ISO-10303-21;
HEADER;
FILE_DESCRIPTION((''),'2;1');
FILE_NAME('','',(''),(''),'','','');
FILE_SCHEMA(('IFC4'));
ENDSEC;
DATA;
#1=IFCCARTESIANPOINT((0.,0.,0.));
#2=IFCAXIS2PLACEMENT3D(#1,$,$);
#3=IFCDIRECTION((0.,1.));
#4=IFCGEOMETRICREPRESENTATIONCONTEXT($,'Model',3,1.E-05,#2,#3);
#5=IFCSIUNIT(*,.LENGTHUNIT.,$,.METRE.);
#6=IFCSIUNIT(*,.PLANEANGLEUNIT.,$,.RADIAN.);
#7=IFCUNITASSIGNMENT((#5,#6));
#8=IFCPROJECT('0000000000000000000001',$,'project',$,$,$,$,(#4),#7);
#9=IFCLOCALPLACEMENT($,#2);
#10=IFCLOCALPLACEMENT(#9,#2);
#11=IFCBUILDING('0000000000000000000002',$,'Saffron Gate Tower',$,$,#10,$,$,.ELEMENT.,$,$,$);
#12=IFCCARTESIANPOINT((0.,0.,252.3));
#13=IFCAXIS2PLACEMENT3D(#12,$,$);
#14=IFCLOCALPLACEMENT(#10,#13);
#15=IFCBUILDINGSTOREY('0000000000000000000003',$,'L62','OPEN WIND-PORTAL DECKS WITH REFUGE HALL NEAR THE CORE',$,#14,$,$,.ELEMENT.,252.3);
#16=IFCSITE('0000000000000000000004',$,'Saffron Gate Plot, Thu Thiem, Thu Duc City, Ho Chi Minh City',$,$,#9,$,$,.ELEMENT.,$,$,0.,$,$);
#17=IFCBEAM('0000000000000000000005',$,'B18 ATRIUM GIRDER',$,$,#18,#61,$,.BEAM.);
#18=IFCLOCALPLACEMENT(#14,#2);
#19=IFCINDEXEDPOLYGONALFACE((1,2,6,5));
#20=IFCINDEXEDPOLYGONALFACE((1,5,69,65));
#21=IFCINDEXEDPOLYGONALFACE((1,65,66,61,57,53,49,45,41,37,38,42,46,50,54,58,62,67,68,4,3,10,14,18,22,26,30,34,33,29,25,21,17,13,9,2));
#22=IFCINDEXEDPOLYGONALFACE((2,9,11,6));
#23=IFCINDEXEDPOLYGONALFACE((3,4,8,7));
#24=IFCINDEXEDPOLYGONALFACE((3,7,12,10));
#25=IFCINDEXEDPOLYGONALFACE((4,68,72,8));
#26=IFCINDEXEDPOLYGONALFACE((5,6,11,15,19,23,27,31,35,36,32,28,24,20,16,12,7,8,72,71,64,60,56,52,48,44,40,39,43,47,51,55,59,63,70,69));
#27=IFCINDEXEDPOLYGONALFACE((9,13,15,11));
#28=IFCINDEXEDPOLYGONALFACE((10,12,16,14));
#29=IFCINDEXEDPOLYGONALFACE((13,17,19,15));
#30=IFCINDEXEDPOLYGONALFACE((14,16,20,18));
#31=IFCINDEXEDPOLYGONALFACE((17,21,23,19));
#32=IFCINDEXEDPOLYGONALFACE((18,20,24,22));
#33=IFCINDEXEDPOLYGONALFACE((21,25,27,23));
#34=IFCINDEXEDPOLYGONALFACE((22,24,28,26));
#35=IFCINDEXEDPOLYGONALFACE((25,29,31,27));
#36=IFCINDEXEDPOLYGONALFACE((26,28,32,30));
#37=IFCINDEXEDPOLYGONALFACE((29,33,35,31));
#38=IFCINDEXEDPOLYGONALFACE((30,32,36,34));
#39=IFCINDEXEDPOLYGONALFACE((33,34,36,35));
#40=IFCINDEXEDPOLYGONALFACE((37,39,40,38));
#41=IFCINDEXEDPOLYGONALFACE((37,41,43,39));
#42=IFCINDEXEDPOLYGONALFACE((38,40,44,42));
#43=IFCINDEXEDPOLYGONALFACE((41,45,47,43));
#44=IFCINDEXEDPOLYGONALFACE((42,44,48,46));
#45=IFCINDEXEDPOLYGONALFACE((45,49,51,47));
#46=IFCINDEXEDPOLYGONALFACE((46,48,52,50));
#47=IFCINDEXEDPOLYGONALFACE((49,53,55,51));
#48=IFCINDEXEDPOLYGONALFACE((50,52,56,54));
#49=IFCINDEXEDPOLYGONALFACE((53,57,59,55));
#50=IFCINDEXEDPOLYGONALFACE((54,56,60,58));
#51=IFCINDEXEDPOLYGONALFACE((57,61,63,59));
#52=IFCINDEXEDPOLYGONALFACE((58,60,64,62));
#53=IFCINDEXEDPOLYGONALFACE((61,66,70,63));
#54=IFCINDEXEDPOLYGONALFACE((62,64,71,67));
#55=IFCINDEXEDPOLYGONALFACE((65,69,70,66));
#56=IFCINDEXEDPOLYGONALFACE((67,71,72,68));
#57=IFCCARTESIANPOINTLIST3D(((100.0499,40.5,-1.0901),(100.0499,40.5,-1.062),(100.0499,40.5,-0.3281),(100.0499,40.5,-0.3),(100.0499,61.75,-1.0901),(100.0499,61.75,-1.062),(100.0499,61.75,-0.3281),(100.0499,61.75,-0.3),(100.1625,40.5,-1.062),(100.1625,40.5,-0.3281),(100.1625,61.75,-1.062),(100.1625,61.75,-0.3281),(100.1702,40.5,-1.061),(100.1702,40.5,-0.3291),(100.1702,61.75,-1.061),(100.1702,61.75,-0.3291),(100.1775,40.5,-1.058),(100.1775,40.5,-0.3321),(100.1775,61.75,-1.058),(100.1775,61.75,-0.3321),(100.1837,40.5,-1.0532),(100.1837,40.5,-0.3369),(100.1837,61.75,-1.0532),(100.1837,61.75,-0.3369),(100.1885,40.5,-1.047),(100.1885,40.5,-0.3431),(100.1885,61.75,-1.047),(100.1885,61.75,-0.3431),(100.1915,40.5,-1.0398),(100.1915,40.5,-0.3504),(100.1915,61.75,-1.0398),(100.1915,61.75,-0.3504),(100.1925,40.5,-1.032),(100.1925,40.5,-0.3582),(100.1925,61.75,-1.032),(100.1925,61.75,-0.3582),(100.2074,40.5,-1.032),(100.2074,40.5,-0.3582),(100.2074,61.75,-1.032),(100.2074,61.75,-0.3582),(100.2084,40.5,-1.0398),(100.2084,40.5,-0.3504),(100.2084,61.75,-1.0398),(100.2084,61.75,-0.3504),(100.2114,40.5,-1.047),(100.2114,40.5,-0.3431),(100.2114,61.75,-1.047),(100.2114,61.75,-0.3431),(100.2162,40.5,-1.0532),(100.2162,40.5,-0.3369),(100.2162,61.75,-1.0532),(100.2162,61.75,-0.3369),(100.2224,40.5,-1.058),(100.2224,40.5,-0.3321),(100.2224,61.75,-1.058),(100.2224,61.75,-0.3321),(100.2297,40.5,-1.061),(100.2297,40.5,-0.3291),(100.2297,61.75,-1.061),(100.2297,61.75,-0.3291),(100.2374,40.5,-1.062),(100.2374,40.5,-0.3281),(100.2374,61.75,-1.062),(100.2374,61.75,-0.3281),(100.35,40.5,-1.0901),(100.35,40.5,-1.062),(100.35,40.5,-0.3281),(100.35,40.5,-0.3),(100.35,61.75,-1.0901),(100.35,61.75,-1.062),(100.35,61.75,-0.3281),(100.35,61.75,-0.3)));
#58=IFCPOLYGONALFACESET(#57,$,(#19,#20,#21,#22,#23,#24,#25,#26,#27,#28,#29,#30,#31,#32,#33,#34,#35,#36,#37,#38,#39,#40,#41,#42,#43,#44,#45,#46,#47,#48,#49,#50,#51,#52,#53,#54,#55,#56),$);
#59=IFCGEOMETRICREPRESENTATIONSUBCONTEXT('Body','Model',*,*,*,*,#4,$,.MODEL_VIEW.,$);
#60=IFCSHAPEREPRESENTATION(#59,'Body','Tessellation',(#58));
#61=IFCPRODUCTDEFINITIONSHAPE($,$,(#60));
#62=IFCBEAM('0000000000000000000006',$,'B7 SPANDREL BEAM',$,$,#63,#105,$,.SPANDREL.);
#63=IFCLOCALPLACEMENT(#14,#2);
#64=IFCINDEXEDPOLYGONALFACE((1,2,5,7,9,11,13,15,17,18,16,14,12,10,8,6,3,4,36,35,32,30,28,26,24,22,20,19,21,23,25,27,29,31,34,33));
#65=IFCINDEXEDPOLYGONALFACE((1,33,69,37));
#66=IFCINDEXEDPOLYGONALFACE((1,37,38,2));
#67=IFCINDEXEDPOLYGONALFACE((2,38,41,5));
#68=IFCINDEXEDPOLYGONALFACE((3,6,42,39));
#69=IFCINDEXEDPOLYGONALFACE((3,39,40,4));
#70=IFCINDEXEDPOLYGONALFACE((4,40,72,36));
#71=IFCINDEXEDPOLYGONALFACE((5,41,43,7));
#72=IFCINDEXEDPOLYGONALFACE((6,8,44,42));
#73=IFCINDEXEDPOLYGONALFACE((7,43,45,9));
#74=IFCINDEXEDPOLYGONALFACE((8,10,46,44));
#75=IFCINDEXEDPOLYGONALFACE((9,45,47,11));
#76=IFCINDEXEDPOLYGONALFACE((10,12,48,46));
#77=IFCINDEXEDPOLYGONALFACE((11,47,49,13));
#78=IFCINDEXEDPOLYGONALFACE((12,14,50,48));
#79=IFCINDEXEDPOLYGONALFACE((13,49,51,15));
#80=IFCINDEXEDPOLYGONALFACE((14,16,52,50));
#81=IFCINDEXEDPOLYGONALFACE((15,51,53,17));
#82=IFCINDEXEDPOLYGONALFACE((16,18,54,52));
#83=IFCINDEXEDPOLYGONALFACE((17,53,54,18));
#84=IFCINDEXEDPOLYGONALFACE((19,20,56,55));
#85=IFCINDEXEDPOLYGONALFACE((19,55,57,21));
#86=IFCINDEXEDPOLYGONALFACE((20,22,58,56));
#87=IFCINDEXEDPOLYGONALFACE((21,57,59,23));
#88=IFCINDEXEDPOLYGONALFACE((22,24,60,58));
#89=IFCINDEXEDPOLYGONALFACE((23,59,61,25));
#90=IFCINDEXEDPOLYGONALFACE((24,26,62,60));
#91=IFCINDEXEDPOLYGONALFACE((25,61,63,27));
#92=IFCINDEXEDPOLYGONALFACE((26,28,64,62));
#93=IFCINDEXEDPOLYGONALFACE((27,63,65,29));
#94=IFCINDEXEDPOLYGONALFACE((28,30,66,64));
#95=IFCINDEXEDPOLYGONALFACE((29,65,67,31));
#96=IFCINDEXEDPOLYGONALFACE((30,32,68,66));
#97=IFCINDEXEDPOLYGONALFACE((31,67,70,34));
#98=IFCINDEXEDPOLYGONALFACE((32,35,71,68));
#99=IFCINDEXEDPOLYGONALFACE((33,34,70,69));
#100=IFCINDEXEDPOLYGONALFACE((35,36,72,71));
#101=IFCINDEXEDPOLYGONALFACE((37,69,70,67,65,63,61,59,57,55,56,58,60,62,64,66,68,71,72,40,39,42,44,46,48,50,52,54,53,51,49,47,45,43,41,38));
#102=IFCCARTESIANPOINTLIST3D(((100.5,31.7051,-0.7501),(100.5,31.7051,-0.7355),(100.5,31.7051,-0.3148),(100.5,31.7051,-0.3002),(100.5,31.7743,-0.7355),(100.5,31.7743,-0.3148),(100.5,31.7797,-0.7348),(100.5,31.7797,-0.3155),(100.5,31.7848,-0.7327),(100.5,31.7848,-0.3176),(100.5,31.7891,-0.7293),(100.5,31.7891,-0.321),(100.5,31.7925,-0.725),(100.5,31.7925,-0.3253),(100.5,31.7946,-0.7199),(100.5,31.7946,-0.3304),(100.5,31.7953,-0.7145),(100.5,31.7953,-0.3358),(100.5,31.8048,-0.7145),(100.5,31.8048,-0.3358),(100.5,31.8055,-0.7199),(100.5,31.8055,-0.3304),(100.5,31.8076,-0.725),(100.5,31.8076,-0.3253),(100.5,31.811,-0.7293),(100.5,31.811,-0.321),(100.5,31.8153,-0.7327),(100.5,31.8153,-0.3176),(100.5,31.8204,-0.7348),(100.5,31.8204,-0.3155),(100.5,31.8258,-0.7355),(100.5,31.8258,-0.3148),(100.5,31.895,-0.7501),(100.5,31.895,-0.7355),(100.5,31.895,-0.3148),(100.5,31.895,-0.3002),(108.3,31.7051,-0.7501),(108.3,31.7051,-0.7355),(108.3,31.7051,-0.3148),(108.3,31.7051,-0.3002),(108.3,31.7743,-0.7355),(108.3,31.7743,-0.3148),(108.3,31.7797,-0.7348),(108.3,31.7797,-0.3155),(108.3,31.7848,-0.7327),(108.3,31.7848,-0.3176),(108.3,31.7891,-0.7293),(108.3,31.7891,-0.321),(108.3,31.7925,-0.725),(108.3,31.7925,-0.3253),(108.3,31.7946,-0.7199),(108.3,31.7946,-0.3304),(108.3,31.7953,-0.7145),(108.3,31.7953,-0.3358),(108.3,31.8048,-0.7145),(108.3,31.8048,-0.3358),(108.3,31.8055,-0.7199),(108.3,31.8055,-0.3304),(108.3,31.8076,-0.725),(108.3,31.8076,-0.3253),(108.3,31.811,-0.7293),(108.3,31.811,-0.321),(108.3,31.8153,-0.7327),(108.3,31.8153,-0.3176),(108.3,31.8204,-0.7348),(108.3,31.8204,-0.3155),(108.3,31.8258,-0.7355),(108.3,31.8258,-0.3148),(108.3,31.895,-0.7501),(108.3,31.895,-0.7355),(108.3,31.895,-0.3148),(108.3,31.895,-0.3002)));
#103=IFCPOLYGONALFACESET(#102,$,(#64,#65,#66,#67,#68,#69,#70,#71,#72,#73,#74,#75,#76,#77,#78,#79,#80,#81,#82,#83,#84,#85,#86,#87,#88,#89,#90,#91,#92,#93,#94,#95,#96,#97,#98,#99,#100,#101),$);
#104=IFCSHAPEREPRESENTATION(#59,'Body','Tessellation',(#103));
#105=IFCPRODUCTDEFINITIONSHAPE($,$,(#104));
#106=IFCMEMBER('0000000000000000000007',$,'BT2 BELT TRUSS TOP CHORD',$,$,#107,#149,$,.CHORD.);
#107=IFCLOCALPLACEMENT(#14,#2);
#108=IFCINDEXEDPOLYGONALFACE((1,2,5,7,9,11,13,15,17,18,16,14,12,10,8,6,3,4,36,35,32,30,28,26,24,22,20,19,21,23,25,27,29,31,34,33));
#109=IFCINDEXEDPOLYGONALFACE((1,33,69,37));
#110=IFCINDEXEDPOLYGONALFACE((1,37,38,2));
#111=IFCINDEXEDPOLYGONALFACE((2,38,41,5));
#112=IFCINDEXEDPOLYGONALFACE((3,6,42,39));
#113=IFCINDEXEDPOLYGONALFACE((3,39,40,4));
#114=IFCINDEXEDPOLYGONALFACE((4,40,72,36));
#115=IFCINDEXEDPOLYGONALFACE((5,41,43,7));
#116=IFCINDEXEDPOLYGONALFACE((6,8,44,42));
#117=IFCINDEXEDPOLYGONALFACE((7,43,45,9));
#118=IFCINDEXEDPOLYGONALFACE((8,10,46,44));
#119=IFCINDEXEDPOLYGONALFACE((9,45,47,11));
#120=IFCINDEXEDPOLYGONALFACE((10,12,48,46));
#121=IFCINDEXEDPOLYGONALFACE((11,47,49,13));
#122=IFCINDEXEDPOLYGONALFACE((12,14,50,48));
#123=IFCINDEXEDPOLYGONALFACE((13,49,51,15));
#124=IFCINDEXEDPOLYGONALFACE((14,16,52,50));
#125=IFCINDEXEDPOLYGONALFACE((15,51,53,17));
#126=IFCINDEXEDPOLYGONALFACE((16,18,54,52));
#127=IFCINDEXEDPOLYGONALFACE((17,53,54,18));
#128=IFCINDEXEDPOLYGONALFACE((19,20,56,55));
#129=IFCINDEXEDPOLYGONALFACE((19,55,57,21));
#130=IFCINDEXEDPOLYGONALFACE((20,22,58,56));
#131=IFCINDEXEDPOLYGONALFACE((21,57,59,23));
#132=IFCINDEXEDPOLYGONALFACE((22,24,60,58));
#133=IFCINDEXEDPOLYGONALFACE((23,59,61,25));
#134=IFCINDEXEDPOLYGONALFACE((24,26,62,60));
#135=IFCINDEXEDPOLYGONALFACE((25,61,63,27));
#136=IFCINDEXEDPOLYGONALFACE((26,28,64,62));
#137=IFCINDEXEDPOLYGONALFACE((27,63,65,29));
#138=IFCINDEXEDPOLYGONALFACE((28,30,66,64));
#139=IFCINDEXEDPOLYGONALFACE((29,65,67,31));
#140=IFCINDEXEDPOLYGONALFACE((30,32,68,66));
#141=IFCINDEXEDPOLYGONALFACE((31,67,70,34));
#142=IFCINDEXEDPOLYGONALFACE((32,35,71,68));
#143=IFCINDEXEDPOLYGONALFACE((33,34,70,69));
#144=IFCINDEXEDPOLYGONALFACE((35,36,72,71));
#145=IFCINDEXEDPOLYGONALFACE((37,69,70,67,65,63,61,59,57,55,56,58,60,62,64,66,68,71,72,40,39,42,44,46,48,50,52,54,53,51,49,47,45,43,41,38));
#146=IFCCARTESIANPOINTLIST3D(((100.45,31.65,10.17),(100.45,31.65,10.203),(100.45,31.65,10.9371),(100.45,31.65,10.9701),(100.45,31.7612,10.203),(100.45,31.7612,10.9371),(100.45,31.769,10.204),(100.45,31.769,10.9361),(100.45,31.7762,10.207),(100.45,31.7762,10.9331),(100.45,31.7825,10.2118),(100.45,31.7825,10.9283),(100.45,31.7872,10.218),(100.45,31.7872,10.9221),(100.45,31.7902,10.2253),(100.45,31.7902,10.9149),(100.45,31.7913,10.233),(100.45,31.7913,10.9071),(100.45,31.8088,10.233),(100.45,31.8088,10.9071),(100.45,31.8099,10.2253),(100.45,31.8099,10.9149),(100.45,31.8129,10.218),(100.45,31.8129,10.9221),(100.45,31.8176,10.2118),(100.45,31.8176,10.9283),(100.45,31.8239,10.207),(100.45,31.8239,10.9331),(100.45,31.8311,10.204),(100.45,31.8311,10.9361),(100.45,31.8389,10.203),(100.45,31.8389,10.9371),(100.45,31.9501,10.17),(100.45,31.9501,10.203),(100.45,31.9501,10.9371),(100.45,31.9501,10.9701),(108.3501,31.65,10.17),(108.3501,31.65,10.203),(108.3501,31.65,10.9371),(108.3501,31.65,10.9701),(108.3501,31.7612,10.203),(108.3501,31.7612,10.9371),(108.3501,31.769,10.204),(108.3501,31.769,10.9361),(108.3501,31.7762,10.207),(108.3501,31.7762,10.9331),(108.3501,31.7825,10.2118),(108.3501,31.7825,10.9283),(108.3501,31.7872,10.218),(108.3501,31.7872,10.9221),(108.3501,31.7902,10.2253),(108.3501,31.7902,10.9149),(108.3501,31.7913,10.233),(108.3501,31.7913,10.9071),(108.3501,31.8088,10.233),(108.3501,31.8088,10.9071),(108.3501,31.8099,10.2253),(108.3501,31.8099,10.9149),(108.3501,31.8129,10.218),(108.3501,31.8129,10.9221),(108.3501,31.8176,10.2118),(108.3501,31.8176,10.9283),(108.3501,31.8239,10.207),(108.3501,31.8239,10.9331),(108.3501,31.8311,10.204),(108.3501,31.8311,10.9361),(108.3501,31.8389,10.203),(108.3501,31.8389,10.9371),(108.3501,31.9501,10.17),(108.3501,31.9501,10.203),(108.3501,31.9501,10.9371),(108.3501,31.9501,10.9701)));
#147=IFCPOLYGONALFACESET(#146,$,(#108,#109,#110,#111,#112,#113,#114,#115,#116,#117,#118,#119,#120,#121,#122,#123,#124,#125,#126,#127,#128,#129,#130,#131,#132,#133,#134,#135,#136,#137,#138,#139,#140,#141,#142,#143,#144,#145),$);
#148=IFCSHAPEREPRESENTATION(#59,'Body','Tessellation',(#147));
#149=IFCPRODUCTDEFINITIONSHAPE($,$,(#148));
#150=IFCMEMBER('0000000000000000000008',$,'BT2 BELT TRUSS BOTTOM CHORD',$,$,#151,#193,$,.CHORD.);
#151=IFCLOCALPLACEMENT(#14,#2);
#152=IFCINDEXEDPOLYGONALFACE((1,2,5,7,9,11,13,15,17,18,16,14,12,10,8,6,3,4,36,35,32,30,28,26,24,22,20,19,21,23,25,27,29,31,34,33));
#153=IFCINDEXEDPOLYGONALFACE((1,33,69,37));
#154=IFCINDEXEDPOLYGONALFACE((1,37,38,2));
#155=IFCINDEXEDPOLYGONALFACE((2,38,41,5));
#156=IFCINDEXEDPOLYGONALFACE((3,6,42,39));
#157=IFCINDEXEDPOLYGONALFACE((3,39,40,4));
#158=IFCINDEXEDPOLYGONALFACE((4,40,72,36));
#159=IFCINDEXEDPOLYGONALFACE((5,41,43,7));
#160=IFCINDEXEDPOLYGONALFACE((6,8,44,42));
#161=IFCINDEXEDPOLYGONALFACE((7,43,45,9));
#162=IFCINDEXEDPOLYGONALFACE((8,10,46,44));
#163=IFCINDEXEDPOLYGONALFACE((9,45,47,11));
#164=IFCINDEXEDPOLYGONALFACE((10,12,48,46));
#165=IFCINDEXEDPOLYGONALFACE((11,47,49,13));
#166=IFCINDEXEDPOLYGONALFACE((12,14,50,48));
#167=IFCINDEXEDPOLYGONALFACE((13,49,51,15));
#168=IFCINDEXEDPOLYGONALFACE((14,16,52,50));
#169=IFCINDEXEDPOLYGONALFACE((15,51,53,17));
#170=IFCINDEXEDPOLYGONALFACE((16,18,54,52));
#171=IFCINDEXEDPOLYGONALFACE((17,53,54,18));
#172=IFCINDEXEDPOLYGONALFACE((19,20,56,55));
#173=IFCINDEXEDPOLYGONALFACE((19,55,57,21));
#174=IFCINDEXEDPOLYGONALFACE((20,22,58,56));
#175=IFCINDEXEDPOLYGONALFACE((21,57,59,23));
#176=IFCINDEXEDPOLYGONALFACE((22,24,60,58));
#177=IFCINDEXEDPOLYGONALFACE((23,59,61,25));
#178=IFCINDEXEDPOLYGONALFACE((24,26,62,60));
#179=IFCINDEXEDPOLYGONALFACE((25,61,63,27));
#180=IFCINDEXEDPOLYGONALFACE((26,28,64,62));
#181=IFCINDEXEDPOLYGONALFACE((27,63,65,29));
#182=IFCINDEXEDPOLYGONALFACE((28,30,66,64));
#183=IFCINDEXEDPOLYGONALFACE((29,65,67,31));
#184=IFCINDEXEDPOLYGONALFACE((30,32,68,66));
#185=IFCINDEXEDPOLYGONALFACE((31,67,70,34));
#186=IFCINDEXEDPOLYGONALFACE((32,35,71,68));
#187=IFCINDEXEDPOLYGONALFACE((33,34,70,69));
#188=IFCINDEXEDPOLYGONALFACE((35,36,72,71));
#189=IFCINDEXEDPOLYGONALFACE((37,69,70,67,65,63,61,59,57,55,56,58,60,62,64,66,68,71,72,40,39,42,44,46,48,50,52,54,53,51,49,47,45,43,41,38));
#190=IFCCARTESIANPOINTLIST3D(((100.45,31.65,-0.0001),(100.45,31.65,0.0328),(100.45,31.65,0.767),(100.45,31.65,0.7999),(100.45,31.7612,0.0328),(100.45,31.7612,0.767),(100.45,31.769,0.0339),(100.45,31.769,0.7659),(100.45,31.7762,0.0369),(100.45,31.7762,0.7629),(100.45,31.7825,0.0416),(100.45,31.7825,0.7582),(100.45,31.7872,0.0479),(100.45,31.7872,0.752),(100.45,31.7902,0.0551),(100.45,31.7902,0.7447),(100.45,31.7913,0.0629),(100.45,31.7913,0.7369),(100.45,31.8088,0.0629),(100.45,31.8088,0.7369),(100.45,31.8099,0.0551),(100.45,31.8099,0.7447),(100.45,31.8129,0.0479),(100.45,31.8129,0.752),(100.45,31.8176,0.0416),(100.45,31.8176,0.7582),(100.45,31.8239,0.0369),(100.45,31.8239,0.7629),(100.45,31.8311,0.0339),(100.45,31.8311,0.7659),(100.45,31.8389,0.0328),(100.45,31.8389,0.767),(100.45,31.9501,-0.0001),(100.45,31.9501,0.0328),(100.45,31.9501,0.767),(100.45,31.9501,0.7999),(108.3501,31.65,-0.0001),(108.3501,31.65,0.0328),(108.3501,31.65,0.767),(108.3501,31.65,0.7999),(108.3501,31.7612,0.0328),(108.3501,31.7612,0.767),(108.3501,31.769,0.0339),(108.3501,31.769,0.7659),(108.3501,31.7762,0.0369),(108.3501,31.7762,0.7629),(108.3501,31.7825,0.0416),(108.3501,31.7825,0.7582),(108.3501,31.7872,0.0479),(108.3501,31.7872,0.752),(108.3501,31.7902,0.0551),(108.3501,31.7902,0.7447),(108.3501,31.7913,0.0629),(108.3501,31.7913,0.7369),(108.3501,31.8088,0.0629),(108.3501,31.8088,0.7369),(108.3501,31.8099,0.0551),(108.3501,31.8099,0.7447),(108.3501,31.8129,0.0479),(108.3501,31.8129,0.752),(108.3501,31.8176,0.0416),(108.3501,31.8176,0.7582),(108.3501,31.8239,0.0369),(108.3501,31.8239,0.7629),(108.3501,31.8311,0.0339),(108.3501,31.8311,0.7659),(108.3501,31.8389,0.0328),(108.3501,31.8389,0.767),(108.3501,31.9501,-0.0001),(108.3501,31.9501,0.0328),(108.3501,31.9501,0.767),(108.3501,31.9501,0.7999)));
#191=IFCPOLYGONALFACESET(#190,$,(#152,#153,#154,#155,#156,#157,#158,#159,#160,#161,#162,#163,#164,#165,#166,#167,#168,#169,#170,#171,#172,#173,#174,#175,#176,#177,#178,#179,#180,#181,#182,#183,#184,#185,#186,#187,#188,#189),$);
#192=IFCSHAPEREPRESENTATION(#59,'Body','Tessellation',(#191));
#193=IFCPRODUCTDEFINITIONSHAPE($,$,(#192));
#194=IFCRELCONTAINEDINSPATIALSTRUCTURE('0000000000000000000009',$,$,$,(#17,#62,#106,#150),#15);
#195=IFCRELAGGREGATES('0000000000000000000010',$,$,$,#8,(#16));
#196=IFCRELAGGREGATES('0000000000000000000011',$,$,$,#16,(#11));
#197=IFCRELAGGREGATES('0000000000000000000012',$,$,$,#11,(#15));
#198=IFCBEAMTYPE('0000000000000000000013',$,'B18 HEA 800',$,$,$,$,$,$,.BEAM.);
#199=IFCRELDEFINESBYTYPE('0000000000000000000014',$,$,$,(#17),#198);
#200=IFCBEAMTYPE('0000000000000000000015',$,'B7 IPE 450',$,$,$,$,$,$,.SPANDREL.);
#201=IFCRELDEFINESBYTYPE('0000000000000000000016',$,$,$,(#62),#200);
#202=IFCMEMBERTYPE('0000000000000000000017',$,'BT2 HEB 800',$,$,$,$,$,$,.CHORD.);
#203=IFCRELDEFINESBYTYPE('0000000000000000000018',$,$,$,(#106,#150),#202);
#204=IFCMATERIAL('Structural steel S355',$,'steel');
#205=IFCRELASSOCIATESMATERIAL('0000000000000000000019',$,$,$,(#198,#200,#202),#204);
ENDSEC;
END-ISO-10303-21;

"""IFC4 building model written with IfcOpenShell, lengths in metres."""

from ifc_helpers import new_model, si_unit, direction, frame, origin, origin_2d, place, context, subcontext, project, spatial, i_section, extrude, material, material_profile, profile_set, type_object, element, save


model = new_model("IFC4")

# Units and contexts
model_context = context("Model", 3, precision=1e-05, world=origin(), true_north=direction((0.0, 1.0)))
body_context = subcontext(model_context, "Body", "Model", "MODEL_VIEW")
ifc_project = project(units=[si_unit("LENGTHUNIT", "METRE"), si_unit("PLANEANGLEUNIT", "RADIAN")], contexts=[model_context])

# Site, building, storey
site_placement = place(None, origin())
site = spatial("IfcSite", under=ifc_project, at=site_placement, Name="Saffron Gate Plot, Thu Thiem, Thu Duc City, Ho Chi Minh City", CompositionType="ELEMENT", RefElevation=0.0)
building_placement = place(site_placement, origin())
building = spatial("IfcBuilding", under=site, at=building_placement, Name="Saffron Gate Tower", CompositionType="ELEMENT")
storey_placement = place(building_placement, frame((0.0, 0.0, 252.3)))
storey = spatial("IfcBuildingStorey", under=building, at=storey_placement, Name="L62", Description="OPEN WIND-PORTAL DECKS WITH REFUGE HALL NEAR THE CORE", CompositionType="ELEMENT", Elevation=252.3)

# Beams
ifc_material_1 = material(Name="Structural steel S355", Category="steel")
ifc_material_profile_1 = material_profile(ifc_material_1, i_section(OverallWidth=0.3, OverallDepth=0.79, WebThickness=0.0149, FlangeThickness=0.0281, FilletRadius=0.03, at=origin_2d()))
ifc_profile_set_1 = profile_set([ifc_material_profile_1], Name="Structural steel S355")
beam_type_1 = type_object("IfcBeamType", Name="B18 HEA 800", PredefinedType="BEAM", material=ifc_profile_set_1)
beam_1_placement = place(storey_placement, frame((100.2, 40.5, -0.6951), z_axis=(0.0, 1.0, 0.0), x_axis=(-1.0, 0.0, 0.0)))
element("IfcBeam", 1, at=beam_1_placement, inside=storey, type_object=beam_type_1, Name="B18 ATRIUM GIRDER", PredefinedType="BEAM", context=body_context, shape_type="SweptSolid", body=[
    extrude(i_section(OverallWidth=0.3, OverallDepth=0.79, WebThickness=0.0149, FlangeThickness=0.0281, FilletRadius=0.03, at=origin_2d()), origin(), (0.0, 0.0, 1.0), 21.25),
])
ifc_material_profile_2 = material_profile(ifc_material_1, i_section(OverallWidth=0.1899, OverallDepth=0.45, WebThickness=0.0095, FlangeThickness=0.0146, FilletRadius=0.021, at=origin_2d()))
ifc_profile_set_2 = profile_set([ifc_material_profile_2], Name="Structural steel S355")
beam_type_2 = type_object("IfcBeamType", Name="B7 IPE 450", PredefinedType="SPANDREL", material=ifc_profile_set_2)
beam_2_placement = place(storey_placement, frame((100.5, 31.8, -0.5251), z_axis=(1.0, 0.0, 0.0), x_axis=(0.0, 1.0, 0.0)))
element("IfcBeam", 2, at=beam_2_placement, inside=storey, type_object=beam_type_2, Name="B7 SPANDREL BEAM", PredefinedType="SPANDREL", context=body_context, shape_type="SweptSolid", body=[
    extrude(i_section(OverallWidth=0.1899, OverallDepth=0.45, WebThickness=0.0095, FlangeThickness=0.0146, FilletRadius=0.021, at=origin_2d()), origin(), (0.0, 0.0, 1.0), 7.8),
])

# Members
ifc_material_profile_3 = material_profile(ifc_material_1, i_section(OverallWidth=0.3, OverallDepth=0.8, WebThickness=0.0176, FlangeThickness=0.033, FilletRadius=0.03, at=origin_2d()))
ifc_profile_set_3 = profile_set([ifc_material_profile_3], Name="Structural steel S355")
member_type_1 = type_object("IfcMemberType", Name="BT2 HEB 800", PredefinedType="CHORD", material=ifc_profile_set_3)
for number, where, z_axis, x_axis, name in (
    (3, (100.45, 31.8, 10.5701), (1.0, 0.0, 0.0), (0.0, 1.0, 0.0), "BT2 BELT TRUSS TOP CHORD"),
    (4, (100.45, 31.8, 0.3999), (1.0, 0.0, 0.0), (0.0, 1.0, 0.0), "BT2 BELT TRUSS BOTTOM CHORD"),
):
    element("IfcMember", number, at=place(storey_placement, frame(where, z_axis=z_axis, x_axis=x_axis)), inside=storey, type_object=member_type_1, Name=name, PredefinedType="CHORD", context=body_context, shape_type="SweptSolid", body=[
        extrude(i_section(OverallWidth=0.3, OverallDepth=0.8, WebThickness=0.0176, FlangeThickness=0.033, FilletRadius=0.03, at=origin_2d()), origin(), (0.0, 0.0, 1.0), 7.9001),
    ])

save(model, "model.ifc")
